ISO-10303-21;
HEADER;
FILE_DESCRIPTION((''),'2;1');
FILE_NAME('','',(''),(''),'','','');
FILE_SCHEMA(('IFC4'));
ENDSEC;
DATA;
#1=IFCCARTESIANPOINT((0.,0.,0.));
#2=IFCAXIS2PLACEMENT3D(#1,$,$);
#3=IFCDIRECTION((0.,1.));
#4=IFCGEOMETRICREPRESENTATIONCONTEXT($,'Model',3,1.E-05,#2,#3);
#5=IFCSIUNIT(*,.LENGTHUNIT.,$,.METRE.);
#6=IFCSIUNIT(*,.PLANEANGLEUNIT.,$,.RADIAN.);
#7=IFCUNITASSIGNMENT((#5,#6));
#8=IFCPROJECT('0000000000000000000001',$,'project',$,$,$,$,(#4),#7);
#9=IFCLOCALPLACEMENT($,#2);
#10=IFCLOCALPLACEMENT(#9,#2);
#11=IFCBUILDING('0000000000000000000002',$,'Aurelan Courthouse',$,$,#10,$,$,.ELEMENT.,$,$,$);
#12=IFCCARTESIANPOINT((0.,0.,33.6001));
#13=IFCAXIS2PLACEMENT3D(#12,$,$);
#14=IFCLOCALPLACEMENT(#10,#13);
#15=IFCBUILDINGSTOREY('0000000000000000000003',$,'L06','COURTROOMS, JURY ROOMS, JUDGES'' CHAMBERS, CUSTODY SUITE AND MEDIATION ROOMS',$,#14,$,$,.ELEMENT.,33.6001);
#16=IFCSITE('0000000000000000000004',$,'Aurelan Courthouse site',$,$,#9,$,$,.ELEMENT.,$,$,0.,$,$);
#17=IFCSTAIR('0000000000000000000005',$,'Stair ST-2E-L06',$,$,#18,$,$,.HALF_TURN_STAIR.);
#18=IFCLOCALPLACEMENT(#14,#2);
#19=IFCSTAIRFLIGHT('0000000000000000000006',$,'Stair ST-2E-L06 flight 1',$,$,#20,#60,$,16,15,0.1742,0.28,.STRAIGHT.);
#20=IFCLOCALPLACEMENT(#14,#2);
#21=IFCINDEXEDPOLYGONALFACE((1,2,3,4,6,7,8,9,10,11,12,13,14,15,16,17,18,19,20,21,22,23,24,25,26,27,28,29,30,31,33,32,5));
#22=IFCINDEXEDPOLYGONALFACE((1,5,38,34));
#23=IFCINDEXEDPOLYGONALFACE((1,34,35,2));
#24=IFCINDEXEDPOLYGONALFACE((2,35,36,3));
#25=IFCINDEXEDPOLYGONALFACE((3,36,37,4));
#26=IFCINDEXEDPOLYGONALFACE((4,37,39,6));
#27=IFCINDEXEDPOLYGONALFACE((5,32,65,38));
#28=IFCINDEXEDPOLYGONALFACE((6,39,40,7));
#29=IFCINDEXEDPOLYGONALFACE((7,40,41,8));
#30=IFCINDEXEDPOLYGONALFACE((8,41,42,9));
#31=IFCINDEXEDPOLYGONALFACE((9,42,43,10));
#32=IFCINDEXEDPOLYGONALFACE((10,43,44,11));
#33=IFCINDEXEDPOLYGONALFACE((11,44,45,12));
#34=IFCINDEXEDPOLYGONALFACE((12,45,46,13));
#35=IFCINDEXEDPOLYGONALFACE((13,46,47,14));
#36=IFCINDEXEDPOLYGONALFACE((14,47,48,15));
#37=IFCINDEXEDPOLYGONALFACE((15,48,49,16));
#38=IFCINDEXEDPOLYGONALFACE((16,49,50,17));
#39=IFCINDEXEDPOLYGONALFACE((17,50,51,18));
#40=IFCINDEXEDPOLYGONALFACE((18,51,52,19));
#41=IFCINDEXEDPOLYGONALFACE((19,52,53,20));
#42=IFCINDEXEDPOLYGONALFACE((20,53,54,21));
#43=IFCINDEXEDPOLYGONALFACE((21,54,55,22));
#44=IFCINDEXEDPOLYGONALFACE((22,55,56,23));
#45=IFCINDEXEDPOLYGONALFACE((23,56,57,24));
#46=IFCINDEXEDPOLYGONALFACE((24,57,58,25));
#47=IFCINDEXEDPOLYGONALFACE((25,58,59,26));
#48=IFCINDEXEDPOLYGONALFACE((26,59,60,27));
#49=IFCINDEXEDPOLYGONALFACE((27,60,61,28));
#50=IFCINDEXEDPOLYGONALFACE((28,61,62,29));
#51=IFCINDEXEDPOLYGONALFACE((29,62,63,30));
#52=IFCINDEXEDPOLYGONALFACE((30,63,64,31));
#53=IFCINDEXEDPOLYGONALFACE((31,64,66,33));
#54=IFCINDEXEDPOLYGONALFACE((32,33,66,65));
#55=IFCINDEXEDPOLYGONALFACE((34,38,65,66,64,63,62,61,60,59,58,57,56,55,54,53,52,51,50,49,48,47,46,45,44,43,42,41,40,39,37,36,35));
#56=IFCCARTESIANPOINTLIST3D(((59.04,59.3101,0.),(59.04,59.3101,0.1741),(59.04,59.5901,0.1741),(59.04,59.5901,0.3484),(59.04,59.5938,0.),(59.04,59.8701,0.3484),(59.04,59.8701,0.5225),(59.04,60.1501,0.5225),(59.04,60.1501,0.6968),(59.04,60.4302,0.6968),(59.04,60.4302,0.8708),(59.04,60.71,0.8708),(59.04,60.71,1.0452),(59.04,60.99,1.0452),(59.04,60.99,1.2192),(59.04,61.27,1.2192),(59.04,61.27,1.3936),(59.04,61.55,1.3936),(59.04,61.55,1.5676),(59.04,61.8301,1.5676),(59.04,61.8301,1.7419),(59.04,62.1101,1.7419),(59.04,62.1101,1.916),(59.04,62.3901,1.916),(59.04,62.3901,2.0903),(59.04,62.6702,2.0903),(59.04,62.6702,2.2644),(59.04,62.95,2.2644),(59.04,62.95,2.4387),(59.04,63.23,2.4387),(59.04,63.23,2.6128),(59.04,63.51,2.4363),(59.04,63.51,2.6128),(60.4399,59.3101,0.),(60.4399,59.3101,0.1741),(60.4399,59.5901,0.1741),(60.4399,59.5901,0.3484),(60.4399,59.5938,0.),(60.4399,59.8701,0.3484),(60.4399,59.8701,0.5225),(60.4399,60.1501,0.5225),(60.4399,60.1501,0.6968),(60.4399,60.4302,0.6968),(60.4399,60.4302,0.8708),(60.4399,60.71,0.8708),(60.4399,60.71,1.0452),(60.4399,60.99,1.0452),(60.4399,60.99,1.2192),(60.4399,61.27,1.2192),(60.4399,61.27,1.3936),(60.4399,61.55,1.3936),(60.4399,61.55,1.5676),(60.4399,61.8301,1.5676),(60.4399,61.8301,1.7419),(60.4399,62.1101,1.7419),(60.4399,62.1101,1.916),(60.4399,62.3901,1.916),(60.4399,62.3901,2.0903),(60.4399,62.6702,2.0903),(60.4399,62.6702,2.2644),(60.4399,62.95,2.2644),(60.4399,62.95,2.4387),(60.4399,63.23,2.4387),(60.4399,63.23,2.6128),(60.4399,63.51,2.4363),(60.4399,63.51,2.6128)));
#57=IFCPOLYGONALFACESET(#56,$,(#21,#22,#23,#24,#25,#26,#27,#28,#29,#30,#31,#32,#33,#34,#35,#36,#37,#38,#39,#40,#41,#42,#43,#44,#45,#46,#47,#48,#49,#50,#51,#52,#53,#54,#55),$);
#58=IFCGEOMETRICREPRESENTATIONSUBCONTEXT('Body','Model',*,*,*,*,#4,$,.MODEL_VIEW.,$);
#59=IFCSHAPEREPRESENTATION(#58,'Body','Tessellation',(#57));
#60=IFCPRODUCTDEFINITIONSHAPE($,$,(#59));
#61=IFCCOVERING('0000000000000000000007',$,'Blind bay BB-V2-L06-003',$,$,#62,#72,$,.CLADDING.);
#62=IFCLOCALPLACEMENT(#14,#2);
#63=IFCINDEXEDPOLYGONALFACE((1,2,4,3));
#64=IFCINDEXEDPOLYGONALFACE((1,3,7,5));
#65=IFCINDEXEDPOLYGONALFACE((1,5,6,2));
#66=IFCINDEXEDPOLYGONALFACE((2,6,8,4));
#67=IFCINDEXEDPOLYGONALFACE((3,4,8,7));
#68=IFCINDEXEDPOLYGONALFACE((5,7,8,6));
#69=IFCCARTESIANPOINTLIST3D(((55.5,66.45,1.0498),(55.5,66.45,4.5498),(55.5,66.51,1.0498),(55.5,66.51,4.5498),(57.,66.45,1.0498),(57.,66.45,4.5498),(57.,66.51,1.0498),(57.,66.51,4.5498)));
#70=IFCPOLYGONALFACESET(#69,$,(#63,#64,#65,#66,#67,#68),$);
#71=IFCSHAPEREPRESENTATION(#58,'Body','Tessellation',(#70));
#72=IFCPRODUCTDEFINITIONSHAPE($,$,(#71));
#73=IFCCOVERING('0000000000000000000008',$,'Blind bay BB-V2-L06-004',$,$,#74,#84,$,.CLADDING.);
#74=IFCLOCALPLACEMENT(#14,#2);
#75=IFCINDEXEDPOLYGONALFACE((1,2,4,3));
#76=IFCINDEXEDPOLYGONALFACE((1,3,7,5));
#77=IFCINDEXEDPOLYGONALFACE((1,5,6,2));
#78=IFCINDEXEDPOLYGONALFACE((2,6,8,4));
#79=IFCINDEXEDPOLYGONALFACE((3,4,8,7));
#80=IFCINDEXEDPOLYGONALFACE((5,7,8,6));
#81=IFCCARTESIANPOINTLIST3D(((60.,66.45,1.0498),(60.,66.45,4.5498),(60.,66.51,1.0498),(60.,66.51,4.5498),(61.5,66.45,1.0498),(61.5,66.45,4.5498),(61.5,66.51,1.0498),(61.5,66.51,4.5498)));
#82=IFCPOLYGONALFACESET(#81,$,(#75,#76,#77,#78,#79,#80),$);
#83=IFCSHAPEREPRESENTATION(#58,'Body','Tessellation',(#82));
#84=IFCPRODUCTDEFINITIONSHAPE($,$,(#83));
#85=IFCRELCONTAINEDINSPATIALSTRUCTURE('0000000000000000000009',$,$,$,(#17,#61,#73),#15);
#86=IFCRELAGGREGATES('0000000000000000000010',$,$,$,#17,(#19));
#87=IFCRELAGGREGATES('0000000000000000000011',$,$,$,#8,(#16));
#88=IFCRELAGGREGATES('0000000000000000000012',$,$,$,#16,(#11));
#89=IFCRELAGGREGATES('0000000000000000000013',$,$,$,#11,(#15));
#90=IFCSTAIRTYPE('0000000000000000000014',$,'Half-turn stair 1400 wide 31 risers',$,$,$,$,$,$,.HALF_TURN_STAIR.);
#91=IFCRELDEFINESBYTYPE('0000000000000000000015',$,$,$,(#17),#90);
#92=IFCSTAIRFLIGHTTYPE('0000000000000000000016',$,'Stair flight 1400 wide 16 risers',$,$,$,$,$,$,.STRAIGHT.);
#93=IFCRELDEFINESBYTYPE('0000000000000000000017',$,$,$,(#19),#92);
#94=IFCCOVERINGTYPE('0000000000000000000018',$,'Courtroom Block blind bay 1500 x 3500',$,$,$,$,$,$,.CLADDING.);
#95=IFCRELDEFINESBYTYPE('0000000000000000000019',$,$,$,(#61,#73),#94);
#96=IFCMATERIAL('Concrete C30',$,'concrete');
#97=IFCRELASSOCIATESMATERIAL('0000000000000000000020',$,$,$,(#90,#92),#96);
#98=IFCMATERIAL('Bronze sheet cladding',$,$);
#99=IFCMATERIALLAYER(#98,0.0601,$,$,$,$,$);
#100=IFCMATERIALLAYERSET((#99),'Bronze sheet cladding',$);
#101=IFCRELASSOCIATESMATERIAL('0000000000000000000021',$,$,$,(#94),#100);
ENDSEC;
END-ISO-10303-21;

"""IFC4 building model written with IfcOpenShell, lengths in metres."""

from ifc_helpers import new_model, si_unit, direction, frame, origin, origin_2d, place, context, subcontext, project, spatial, polyline, rectangle, outline, extrude, material, layer, layer_set, type_object, element, aggregate, save


model = new_model("IFC4")

# Units and contexts
model_context = context("Model", 3, precision=1e-05, world=origin(), true_north=direction((0.0, 1.0)))
body_context = subcontext(model_context, "Body", "Model", "MODEL_VIEW")
ifc_project = project(units=[si_unit("LENGTHUNIT", "METRE"), si_unit("PLANEANGLEUNIT", "RADIAN")], contexts=[model_context])

# Site, building, storey
site_placement = place(None, origin())
site = spatial("IfcSite", under=ifc_project, at=site_placement, Name="Aurelan Courthouse site", CompositionType="ELEMENT", RefElevation=0.0)
building_placement = place(site_placement, origin())
building = spatial("IfcBuilding", under=site, at=building_placement, Name="Aurelan Courthouse", CompositionType="ELEMENT")
storey_placement = place(building_placement, frame((0.0, 0.0, 33.6001)))
storey = spatial("IfcBuildingStorey", under=building, at=storey_placement, Name="L06", Description="COURTROOMS, JURY ROOMS, JUDGES' CHAMBERS, CUSTODY SUITE AND MEDIATION ROOMS", CompositionType="ELEMENT", Elevation=33.6001)

# Shared definitions
ifc_material_1 = material(Name="Concrete C30", Category="concrete")

# Stair, stair flight
stair_type = type_object("IfcStairType", Name="Half-turn stair 1400 wide 31 risers", PredefinedType="HALF_TURN_STAIR", material=ifc_material_1)
stair_placement = place(storey_placement, origin())
stair = element("IfcStair", 1, at=stair_placement, inside=storey, type_object=stair_type, Name="Stair ST-2E-L06", PredefinedType="HALF_TURN_STAIR")
stair_flight_type = type_object("IfcStairFlightType", Name="Stair flight 1400 wide 16 risers", PredefinedType="STRAIGHT", material=ifc_material_1)
stair_flight_placement = place(storey_placement, frame((59.74, 59.3101, 0.0), z_axis=(0.0, 0.0, 1.0), x_axis=(0.0, 1.0, 0.0)))
stair_flight = element("IfcStairFlight", 2, at=stair_flight_placement, type_object=stair_flight_type, Name="Stair ST-2E-L06 flight 1", NumberOfRisers=16, NumberOfTreads=15, PredefinedType="STRAIGHT", RiserHeight=0.1742, TreadLength=0.28, context=body_context, shape_type="SweptSolid", body=[
    extrude(outline(polyline([(0.0, 0.0), (0.0, 0.1741), (0.28, 0.1741), (0.28, 0.3484), (0.5601, 0.3484), (0.5601, 0.5225), (0.8401, 0.5225), (0.8401, 0.6968), (1.1201, 0.6968), (1.1201, 0.8708), (1.3999, 0.8708), (1.3999, 1.0452), (1.6799, 1.0452), (1.6799, 1.2192), (1.96, 1.2192), (1.96, 1.3936), (2.24, 1.3936), (2.24, 1.5676), (2.52, 1.5676), (2.52, 1.7419), (2.8, 1.7419), (2.8, 1.916), (3.0801, 1.916), (3.0801, 2.0903), (3.3601, 2.0903), (3.3601, 2.2644), (3.6399, 2.2644), (3.6399, 2.4387), (3.9199, 2.4387), (3.9199, 2.6128), (4.2, 2.6128), (4.2, 2.7871), (4.2, 2.4363), (0.2837, 0.0), (0.0, 0.0)])), frame((0.0, 0.7, 0.0), z_axis=(0.0, -1.0, 0.0), x_axis=(1.0, 0.0, 0.0)), (0.0, 0.0, 1.0), 1.3999),
])
aggregate(stair, [stair_flight])

# Coverings
ifc_material_2 = material(Name="Bronze sheet cladding")
ifc_layer_1 = layer(ifc_material_2, 0.0601)
ifc_layer_set_1 = layer_set([ifc_layer_1], Name="Bronze sheet cladding")
covering_type_1 = type_object("IfcCoveringType", Name="Courtroom Block blind bay 1500 x 3500", PredefinedType="CLADDING", material=ifc_layer_set_1)
for number, where, z_axis, x_axis, name in (
    (3, (56.25, 66.48, 1.0498), (0.0, 0.0, 1.0), (1.0, 0.0, 0.0), "Blind bay BB-V2-L06-003"),
    (4, (60.75, 66.48, 1.0498), (0.0, 0.0, 1.0), (1.0, 0.0, 0.0), "Blind bay BB-V2-L06-004"),
):
    element("IfcCovering", number, at=place(storey_placement, frame(where, z_axis=z_axis, x_axis=x_axis)), inside=storey, type_object=covering_type_1, Name=name, PredefinedType="CLADDING", context=body_context, shape_type="SweptSolid", body=[
        extrude(rectangle(XDim=1.5, YDim=0.0601, at=origin_2d()), origin(), (0.0, 0.0, 1.0), 3.5),
    ])

save(model, "model.ifc")
